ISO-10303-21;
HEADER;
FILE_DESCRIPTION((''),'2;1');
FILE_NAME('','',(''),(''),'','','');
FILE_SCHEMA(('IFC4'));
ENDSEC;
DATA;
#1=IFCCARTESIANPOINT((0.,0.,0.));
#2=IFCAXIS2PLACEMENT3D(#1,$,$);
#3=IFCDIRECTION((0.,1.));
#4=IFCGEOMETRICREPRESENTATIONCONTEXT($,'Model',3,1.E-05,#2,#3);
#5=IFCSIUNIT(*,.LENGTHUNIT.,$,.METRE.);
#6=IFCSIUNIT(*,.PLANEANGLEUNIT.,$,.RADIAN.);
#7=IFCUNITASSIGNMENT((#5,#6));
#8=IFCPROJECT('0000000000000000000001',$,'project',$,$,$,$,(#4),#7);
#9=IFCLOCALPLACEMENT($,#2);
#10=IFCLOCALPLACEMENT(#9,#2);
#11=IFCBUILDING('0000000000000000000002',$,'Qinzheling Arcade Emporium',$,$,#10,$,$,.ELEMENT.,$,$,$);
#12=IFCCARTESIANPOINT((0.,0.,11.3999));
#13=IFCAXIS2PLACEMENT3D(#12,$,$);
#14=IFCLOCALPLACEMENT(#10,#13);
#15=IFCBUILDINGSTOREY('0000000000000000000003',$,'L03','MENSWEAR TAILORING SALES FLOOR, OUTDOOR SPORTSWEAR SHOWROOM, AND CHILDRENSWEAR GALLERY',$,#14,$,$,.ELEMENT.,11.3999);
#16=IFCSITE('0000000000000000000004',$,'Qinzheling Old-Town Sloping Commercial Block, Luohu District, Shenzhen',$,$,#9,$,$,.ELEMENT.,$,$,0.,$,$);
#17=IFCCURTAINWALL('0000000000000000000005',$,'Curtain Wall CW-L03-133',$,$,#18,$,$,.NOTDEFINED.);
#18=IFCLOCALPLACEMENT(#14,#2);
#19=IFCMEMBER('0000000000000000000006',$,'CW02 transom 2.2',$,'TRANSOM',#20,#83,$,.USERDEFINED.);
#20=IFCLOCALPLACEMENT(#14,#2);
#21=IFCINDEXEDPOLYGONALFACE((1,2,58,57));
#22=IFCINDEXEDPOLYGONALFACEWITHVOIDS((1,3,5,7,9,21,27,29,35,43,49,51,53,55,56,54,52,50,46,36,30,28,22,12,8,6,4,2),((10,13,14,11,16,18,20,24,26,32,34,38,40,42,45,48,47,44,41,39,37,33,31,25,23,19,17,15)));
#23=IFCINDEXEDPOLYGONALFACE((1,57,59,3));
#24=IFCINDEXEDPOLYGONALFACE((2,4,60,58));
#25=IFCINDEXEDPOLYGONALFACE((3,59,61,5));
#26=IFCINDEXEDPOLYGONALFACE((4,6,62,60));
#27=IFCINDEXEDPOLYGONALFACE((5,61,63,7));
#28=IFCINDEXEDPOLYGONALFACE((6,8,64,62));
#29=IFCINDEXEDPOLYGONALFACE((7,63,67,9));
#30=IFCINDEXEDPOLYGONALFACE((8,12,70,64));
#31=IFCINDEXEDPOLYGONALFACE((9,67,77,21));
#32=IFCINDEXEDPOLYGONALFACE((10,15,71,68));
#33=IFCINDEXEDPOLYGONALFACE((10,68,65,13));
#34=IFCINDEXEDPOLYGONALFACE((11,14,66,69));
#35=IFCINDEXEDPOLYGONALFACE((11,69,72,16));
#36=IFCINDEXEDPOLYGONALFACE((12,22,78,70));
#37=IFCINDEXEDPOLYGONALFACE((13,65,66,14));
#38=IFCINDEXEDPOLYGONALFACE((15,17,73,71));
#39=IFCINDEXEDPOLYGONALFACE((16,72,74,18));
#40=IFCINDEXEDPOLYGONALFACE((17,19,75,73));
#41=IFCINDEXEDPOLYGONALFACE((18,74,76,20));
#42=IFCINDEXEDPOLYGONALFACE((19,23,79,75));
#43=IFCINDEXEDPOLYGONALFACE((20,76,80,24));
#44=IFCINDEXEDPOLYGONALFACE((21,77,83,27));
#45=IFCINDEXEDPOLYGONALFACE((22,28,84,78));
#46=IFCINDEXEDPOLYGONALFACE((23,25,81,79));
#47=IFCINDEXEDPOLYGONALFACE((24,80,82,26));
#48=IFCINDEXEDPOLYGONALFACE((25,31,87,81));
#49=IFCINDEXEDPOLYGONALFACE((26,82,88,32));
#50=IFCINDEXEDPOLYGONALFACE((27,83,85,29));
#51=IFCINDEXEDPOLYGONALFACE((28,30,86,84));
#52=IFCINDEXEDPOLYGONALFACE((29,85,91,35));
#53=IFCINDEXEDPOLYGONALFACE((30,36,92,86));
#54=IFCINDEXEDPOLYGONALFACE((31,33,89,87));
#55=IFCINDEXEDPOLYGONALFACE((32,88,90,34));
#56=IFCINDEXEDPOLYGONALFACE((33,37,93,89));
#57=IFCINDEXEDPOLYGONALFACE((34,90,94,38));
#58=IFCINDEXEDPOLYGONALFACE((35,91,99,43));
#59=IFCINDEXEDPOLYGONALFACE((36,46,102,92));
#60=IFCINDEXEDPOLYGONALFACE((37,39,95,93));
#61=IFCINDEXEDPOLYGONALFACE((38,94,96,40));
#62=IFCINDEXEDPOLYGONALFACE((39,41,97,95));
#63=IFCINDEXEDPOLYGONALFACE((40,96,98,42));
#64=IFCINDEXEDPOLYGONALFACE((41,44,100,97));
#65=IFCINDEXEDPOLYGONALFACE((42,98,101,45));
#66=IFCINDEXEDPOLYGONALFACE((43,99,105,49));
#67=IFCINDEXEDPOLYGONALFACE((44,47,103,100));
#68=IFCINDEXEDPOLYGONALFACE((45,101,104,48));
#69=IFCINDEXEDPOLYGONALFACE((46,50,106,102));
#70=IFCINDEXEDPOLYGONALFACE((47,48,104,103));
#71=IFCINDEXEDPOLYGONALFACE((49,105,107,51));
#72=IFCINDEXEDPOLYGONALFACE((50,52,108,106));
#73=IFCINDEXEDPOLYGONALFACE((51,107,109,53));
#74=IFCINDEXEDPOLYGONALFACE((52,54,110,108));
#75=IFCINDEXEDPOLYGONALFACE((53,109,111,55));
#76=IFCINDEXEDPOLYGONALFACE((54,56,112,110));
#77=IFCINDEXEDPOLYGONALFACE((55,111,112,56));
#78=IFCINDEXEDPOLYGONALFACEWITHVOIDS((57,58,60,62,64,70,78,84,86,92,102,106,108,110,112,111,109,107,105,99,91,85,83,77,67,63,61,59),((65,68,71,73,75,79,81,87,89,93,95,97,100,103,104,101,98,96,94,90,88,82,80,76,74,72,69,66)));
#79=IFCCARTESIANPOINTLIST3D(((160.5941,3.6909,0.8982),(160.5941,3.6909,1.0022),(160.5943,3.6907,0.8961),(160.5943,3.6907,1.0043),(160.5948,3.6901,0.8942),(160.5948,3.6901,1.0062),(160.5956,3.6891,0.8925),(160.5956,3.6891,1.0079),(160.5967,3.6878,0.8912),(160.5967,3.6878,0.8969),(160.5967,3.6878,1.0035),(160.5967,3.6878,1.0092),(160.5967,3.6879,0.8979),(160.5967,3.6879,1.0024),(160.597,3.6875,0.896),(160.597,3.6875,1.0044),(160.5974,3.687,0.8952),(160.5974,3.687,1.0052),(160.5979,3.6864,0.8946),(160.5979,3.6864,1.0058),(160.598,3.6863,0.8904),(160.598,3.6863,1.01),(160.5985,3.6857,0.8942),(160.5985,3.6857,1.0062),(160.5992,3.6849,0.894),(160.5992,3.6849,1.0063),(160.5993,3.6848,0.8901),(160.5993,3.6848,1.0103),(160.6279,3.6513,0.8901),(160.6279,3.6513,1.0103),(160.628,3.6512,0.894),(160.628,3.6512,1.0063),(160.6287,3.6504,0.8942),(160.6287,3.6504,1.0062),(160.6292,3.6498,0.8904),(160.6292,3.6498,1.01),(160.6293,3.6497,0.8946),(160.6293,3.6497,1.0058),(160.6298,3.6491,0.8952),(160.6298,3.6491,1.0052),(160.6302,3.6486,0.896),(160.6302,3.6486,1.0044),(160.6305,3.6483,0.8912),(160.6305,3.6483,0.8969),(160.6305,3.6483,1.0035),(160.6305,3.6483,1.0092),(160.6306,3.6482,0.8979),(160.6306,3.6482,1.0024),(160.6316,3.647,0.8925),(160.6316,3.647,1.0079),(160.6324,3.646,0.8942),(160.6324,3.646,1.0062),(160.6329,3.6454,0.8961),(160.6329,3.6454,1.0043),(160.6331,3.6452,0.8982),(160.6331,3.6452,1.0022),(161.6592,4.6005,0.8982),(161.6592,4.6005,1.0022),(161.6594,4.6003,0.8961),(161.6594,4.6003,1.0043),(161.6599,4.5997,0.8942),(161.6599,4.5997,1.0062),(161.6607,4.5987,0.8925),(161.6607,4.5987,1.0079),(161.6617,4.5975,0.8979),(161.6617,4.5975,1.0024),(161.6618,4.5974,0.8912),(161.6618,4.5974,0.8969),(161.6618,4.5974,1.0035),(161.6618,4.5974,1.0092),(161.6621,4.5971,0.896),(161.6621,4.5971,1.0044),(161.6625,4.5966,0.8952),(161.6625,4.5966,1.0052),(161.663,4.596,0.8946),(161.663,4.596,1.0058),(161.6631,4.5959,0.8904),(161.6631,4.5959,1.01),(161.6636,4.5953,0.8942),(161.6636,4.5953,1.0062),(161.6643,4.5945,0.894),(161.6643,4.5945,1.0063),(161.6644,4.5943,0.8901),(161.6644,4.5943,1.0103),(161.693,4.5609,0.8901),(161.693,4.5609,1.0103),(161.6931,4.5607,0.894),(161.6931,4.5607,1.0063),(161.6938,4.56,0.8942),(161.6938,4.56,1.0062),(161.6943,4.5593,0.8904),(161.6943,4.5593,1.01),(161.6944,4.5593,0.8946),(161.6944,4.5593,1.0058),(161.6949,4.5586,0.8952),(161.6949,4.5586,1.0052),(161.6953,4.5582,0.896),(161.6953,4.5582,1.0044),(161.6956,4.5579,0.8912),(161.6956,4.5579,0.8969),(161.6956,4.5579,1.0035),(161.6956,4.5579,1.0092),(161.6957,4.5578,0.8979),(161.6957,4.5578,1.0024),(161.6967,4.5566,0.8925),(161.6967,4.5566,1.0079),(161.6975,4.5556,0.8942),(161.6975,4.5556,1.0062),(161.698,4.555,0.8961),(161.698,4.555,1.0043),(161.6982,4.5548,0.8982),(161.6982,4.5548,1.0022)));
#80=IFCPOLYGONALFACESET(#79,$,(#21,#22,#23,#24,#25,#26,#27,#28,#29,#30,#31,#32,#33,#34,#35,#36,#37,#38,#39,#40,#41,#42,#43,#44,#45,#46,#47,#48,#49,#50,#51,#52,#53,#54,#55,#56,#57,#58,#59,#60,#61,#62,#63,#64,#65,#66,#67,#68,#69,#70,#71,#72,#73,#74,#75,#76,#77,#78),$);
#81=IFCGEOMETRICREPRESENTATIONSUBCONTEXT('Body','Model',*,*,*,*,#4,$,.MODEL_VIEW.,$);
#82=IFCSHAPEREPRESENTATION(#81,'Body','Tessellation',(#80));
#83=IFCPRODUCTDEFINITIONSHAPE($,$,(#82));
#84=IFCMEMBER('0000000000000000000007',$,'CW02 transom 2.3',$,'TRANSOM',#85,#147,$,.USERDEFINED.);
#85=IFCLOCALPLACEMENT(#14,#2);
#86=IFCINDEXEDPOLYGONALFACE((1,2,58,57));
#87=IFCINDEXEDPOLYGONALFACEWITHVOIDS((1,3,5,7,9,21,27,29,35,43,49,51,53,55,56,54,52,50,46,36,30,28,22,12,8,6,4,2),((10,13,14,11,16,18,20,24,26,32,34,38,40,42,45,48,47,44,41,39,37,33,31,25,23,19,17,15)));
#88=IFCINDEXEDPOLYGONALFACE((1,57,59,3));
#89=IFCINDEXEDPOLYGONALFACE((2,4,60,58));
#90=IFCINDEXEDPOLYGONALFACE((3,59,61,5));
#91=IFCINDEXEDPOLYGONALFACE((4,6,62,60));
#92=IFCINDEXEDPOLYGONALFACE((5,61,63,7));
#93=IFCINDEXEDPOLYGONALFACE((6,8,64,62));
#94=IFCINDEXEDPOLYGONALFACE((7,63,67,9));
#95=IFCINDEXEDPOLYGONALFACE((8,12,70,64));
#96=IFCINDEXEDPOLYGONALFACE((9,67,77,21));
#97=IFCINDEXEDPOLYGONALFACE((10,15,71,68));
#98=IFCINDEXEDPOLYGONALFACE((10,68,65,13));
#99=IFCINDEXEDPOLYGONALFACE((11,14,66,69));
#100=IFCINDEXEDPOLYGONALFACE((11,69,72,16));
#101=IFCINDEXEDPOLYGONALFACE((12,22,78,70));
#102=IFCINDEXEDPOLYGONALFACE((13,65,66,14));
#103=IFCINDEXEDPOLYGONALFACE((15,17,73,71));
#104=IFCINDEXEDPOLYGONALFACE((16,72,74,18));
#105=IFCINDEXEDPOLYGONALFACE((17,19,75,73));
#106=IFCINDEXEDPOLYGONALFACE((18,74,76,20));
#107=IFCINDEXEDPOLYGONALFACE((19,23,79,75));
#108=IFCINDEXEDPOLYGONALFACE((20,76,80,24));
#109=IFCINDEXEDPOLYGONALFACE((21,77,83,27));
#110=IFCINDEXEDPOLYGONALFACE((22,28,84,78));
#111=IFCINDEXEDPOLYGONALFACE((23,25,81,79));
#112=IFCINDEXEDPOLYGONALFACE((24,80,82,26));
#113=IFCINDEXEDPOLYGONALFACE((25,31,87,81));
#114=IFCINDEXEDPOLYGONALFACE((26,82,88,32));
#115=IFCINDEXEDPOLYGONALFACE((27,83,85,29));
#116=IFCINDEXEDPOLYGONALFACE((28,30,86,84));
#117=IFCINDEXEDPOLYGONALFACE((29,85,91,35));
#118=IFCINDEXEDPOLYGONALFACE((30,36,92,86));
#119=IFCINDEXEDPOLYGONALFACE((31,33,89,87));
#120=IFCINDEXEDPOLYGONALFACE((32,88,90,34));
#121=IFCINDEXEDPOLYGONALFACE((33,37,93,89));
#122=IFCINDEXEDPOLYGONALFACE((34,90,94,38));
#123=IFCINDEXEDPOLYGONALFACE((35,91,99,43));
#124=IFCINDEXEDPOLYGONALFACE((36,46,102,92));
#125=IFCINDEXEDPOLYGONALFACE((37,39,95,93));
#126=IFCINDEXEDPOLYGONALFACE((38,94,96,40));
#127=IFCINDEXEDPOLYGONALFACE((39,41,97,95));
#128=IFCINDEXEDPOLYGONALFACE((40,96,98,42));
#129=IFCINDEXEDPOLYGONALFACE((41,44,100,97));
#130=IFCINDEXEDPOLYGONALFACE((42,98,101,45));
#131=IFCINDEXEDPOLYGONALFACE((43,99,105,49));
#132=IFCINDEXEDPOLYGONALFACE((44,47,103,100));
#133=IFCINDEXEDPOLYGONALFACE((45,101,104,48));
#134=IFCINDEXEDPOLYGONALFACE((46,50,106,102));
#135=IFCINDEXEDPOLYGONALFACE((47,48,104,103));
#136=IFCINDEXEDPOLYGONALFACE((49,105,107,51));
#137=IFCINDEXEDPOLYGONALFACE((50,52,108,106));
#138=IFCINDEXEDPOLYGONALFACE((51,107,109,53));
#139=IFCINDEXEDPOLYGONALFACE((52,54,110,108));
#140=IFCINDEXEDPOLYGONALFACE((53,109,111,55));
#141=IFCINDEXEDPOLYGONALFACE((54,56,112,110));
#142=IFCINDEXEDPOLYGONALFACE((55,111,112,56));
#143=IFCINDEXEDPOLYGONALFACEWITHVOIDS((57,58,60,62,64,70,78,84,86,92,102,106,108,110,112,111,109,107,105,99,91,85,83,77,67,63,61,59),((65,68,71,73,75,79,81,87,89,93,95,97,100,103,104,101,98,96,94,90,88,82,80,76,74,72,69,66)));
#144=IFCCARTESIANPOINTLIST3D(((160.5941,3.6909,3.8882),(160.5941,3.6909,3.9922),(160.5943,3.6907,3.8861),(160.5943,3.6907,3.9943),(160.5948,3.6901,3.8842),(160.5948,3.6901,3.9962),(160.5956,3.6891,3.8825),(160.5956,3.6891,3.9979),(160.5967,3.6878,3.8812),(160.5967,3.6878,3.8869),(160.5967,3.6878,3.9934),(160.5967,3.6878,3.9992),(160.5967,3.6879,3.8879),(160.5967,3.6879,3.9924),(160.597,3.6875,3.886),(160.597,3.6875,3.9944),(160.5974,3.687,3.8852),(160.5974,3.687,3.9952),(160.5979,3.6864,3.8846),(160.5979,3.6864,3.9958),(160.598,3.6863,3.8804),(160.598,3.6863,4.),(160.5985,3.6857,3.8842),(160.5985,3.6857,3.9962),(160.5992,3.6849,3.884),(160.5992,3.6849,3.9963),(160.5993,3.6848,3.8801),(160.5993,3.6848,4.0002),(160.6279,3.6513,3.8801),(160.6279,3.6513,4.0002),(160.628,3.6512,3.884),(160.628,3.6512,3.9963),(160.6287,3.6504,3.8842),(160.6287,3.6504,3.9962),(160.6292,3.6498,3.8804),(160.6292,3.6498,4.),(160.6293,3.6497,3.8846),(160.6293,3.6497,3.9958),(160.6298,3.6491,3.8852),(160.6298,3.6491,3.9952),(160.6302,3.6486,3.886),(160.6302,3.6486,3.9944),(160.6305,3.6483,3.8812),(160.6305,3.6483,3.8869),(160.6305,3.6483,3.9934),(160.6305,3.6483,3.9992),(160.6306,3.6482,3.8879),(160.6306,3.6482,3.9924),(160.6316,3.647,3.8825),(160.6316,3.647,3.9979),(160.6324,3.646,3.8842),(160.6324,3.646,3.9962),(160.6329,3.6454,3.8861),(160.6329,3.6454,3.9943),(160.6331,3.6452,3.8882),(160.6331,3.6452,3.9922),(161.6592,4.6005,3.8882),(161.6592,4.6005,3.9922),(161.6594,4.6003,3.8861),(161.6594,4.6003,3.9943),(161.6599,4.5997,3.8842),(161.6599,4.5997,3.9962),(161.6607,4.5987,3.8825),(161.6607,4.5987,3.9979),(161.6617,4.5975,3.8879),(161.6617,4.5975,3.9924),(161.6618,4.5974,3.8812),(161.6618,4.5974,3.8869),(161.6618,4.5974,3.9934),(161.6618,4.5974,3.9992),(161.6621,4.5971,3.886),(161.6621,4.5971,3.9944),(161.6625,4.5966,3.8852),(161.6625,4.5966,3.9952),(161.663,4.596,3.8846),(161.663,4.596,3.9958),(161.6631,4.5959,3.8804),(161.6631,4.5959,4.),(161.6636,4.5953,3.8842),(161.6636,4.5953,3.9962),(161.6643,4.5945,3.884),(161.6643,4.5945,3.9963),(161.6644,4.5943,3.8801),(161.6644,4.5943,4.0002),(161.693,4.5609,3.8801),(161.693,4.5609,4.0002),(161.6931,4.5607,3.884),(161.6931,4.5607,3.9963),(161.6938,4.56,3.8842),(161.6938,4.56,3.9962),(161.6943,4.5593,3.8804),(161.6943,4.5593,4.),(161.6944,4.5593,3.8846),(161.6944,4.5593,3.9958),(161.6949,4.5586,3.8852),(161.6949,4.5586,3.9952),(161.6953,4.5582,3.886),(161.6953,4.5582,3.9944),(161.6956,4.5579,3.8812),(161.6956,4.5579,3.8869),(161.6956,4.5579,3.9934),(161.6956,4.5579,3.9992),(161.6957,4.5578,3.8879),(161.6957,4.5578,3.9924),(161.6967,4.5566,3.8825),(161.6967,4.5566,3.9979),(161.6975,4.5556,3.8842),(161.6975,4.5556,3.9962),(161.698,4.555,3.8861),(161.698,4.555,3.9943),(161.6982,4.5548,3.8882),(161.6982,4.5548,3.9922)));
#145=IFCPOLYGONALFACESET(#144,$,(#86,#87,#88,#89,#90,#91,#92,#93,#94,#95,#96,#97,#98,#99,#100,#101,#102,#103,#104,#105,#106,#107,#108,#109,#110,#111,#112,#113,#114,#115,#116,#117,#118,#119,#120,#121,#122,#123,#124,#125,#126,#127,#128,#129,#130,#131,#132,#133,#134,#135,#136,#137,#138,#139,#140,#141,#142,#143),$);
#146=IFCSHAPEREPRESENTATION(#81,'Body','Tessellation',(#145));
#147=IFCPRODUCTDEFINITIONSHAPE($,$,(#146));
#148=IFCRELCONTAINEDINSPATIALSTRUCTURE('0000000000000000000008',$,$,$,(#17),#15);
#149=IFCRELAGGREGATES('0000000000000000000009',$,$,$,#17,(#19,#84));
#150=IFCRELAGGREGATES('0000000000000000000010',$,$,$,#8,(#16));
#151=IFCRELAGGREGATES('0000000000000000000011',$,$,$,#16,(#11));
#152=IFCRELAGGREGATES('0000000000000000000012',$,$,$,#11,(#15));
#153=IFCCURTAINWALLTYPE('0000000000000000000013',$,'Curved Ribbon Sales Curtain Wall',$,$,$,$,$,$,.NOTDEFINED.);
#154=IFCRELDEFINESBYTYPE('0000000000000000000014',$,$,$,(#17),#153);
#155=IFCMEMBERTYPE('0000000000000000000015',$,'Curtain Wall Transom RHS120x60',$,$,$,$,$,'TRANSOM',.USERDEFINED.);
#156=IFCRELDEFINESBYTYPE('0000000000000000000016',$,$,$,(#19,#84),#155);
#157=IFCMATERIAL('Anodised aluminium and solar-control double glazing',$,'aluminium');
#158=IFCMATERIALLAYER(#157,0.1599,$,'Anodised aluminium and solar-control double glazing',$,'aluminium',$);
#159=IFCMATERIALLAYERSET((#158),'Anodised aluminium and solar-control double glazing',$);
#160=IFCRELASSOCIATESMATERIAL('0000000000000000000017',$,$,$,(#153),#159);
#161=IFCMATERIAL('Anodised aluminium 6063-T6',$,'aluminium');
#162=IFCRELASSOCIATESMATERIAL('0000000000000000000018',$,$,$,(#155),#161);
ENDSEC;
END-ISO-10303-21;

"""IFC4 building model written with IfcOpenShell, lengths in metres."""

from ifc_helpers import new_model, si_unit, direction, frame, origin, origin_2d, place, context, subcontext, project, spatial, hollow_rectangle, extrude, material, layer, layer_set, material_profile, profile_set, type_object, element, aggregate, save


model = new_model("IFC4")

# Units and contexts
model_context = context("Model", 3, precision=1e-05, world=origin(), true_north=direction((0.0, 1.0)))
body_context = subcontext(model_context, "Body", "Model", "MODEL_VIEW")
ifc_project = project(units=[si_unit("LENGTHUNIT", "METRE"), si_unit("PLANEANGLEUNIT", "RADIAN")], contexts=[model_context])

# Site, building, storey
site_placement = place(None, origin())
site = spatial("IfcSite", under=ifc_project, at=site_placement, Name="Qinzheling Old-Town Sloping Commercial Block, Luohu District, Shenzhen", CompositionType="ELEMENT", RefElevation=0.0)
building_placement = place(site_placement, origin())
building = spatial("IfcBuilding", under=site, at=building_placement, Name="Qinzheling Arcade Emporium", CompositionType="ELEMENT")
storey_placement = place(building_placement, frame((0.0, 0.0, 11.3999)))
storey = spatial("IfcBuildingStorey", under=building, at=storey_placement, Name="L03", Description="MENSWEAR TAILORING SALES FLOOR, OUTDOOR SPORTSWEAR SHOWROOM, AND CHILDRENSWEAR GALLERY", CompositionType="ELEMENT", Elevation=11.3999)

# Curtain wall
ifc_material_1 = material(Name="Anodised aluminium and solar-control double glazing", Category="aluminium")
ifc_layer_1 = layer(ifc_material_1, 0.1599, Name="Anodised aluminium and solar-control double glazing", Category="aluminium")
ifc_layer_set_1 = layer_set([ifc_layer_1], Name="Anodised aluminium and solar-control double glazing")
curtain_wall_type = type_object("IfcCurtainWallType", Name="Curved Ribbon Sales Curtain Wall", PredefinedType="NOTDEFINED", material=ifc_layer_set_1)
curtain_wall_1_placement = place(storey_placement, origin())
curtain_wall_1 = element("IfcCurtainWall", 1, at=curtain_wall_1_placement, inside=storey, type_object=curtain_wall_type, Name="Curtain Wall CW-L03-133", PredefinedType="NOTDEFINED")
ifc_material_2 = material(Name="Anodised aluminium 6063-T6", Category="aluminium")

# Members
ifc_material_profile_1 = material_profile(ifc_material_2, hollow_rectangle(XDim=0.0601, YDim=0.1201, WallThickness=0.0039, InnerFilletRadius=0.0039, OuterFilletRadius=0.0081, at=origin_2d()), Name="RHS 120x60x4", Category="aluminium")
ifc_profile_set_1 = profile_set([ifc_material_profile_1], Name="Anodised aluminium 6063-T6")
member_type_1 = type_object("IfcMemberType", Name="Curtain Wall Transom RHS120x60", ElementType="TRANSOM", PredefinedType="USERDEFINED", material=ifc_profile_set_1)
member_1_placement = place(storey_placement, frame((161.6787, 4.5776, 0.9502), z_axis=(-0.760436, -0.649412, 0.0), x_axis=(0.649412, -0.760436, 0.0)))
member_1 = element("IfcMember", 2, at=member_1_placement, type_object=member_type_1, Name="CW02 transom 2.2", ObjectType="TRANSOM", PredefinedType="USERDEFINED", context=body_context, shape_type="SweptSolid", body=[
    extrude(hollow_rectangle(XDim=0.0601, YDim=0.1201, WallThickness=0.0039, InnerFilletRadius=0.0039, OuterFilletRadius=0.0081, at=origin_2d()), origin(), (0.0, 0.0, 1.0), 1.4006),
])
member_2_placement = place(storey_placement, frame((161.6787, 4.5776, 3.9402), z_axis=(-0.760436, -0.649412, 0.0), x_axis=(0.649412, -0.760436, 0.0)))
member_2 = element("IfcMember", 3, at=member_2_placement, type_object=member_type_1, Name="CW02 transom 2.3", ObjectType="TRANSOM", PredefinedType="USERDEFINED", context=body_context, shape_type="SweptSolid", body=[
    extrude(hollow_rectangle(XDim=0.0601, YDim=0.1201, WallThickness=0.0039, InnerFilletRadius=0.0039, OuterFilletRadius=0.0081, at=origin_2d()), origin(), (0.0, 0.0, 1.0), 1.4006),
])

aggregate(curtain_wall_1, [member_1, member_2])

save(model, "model.ifc")
